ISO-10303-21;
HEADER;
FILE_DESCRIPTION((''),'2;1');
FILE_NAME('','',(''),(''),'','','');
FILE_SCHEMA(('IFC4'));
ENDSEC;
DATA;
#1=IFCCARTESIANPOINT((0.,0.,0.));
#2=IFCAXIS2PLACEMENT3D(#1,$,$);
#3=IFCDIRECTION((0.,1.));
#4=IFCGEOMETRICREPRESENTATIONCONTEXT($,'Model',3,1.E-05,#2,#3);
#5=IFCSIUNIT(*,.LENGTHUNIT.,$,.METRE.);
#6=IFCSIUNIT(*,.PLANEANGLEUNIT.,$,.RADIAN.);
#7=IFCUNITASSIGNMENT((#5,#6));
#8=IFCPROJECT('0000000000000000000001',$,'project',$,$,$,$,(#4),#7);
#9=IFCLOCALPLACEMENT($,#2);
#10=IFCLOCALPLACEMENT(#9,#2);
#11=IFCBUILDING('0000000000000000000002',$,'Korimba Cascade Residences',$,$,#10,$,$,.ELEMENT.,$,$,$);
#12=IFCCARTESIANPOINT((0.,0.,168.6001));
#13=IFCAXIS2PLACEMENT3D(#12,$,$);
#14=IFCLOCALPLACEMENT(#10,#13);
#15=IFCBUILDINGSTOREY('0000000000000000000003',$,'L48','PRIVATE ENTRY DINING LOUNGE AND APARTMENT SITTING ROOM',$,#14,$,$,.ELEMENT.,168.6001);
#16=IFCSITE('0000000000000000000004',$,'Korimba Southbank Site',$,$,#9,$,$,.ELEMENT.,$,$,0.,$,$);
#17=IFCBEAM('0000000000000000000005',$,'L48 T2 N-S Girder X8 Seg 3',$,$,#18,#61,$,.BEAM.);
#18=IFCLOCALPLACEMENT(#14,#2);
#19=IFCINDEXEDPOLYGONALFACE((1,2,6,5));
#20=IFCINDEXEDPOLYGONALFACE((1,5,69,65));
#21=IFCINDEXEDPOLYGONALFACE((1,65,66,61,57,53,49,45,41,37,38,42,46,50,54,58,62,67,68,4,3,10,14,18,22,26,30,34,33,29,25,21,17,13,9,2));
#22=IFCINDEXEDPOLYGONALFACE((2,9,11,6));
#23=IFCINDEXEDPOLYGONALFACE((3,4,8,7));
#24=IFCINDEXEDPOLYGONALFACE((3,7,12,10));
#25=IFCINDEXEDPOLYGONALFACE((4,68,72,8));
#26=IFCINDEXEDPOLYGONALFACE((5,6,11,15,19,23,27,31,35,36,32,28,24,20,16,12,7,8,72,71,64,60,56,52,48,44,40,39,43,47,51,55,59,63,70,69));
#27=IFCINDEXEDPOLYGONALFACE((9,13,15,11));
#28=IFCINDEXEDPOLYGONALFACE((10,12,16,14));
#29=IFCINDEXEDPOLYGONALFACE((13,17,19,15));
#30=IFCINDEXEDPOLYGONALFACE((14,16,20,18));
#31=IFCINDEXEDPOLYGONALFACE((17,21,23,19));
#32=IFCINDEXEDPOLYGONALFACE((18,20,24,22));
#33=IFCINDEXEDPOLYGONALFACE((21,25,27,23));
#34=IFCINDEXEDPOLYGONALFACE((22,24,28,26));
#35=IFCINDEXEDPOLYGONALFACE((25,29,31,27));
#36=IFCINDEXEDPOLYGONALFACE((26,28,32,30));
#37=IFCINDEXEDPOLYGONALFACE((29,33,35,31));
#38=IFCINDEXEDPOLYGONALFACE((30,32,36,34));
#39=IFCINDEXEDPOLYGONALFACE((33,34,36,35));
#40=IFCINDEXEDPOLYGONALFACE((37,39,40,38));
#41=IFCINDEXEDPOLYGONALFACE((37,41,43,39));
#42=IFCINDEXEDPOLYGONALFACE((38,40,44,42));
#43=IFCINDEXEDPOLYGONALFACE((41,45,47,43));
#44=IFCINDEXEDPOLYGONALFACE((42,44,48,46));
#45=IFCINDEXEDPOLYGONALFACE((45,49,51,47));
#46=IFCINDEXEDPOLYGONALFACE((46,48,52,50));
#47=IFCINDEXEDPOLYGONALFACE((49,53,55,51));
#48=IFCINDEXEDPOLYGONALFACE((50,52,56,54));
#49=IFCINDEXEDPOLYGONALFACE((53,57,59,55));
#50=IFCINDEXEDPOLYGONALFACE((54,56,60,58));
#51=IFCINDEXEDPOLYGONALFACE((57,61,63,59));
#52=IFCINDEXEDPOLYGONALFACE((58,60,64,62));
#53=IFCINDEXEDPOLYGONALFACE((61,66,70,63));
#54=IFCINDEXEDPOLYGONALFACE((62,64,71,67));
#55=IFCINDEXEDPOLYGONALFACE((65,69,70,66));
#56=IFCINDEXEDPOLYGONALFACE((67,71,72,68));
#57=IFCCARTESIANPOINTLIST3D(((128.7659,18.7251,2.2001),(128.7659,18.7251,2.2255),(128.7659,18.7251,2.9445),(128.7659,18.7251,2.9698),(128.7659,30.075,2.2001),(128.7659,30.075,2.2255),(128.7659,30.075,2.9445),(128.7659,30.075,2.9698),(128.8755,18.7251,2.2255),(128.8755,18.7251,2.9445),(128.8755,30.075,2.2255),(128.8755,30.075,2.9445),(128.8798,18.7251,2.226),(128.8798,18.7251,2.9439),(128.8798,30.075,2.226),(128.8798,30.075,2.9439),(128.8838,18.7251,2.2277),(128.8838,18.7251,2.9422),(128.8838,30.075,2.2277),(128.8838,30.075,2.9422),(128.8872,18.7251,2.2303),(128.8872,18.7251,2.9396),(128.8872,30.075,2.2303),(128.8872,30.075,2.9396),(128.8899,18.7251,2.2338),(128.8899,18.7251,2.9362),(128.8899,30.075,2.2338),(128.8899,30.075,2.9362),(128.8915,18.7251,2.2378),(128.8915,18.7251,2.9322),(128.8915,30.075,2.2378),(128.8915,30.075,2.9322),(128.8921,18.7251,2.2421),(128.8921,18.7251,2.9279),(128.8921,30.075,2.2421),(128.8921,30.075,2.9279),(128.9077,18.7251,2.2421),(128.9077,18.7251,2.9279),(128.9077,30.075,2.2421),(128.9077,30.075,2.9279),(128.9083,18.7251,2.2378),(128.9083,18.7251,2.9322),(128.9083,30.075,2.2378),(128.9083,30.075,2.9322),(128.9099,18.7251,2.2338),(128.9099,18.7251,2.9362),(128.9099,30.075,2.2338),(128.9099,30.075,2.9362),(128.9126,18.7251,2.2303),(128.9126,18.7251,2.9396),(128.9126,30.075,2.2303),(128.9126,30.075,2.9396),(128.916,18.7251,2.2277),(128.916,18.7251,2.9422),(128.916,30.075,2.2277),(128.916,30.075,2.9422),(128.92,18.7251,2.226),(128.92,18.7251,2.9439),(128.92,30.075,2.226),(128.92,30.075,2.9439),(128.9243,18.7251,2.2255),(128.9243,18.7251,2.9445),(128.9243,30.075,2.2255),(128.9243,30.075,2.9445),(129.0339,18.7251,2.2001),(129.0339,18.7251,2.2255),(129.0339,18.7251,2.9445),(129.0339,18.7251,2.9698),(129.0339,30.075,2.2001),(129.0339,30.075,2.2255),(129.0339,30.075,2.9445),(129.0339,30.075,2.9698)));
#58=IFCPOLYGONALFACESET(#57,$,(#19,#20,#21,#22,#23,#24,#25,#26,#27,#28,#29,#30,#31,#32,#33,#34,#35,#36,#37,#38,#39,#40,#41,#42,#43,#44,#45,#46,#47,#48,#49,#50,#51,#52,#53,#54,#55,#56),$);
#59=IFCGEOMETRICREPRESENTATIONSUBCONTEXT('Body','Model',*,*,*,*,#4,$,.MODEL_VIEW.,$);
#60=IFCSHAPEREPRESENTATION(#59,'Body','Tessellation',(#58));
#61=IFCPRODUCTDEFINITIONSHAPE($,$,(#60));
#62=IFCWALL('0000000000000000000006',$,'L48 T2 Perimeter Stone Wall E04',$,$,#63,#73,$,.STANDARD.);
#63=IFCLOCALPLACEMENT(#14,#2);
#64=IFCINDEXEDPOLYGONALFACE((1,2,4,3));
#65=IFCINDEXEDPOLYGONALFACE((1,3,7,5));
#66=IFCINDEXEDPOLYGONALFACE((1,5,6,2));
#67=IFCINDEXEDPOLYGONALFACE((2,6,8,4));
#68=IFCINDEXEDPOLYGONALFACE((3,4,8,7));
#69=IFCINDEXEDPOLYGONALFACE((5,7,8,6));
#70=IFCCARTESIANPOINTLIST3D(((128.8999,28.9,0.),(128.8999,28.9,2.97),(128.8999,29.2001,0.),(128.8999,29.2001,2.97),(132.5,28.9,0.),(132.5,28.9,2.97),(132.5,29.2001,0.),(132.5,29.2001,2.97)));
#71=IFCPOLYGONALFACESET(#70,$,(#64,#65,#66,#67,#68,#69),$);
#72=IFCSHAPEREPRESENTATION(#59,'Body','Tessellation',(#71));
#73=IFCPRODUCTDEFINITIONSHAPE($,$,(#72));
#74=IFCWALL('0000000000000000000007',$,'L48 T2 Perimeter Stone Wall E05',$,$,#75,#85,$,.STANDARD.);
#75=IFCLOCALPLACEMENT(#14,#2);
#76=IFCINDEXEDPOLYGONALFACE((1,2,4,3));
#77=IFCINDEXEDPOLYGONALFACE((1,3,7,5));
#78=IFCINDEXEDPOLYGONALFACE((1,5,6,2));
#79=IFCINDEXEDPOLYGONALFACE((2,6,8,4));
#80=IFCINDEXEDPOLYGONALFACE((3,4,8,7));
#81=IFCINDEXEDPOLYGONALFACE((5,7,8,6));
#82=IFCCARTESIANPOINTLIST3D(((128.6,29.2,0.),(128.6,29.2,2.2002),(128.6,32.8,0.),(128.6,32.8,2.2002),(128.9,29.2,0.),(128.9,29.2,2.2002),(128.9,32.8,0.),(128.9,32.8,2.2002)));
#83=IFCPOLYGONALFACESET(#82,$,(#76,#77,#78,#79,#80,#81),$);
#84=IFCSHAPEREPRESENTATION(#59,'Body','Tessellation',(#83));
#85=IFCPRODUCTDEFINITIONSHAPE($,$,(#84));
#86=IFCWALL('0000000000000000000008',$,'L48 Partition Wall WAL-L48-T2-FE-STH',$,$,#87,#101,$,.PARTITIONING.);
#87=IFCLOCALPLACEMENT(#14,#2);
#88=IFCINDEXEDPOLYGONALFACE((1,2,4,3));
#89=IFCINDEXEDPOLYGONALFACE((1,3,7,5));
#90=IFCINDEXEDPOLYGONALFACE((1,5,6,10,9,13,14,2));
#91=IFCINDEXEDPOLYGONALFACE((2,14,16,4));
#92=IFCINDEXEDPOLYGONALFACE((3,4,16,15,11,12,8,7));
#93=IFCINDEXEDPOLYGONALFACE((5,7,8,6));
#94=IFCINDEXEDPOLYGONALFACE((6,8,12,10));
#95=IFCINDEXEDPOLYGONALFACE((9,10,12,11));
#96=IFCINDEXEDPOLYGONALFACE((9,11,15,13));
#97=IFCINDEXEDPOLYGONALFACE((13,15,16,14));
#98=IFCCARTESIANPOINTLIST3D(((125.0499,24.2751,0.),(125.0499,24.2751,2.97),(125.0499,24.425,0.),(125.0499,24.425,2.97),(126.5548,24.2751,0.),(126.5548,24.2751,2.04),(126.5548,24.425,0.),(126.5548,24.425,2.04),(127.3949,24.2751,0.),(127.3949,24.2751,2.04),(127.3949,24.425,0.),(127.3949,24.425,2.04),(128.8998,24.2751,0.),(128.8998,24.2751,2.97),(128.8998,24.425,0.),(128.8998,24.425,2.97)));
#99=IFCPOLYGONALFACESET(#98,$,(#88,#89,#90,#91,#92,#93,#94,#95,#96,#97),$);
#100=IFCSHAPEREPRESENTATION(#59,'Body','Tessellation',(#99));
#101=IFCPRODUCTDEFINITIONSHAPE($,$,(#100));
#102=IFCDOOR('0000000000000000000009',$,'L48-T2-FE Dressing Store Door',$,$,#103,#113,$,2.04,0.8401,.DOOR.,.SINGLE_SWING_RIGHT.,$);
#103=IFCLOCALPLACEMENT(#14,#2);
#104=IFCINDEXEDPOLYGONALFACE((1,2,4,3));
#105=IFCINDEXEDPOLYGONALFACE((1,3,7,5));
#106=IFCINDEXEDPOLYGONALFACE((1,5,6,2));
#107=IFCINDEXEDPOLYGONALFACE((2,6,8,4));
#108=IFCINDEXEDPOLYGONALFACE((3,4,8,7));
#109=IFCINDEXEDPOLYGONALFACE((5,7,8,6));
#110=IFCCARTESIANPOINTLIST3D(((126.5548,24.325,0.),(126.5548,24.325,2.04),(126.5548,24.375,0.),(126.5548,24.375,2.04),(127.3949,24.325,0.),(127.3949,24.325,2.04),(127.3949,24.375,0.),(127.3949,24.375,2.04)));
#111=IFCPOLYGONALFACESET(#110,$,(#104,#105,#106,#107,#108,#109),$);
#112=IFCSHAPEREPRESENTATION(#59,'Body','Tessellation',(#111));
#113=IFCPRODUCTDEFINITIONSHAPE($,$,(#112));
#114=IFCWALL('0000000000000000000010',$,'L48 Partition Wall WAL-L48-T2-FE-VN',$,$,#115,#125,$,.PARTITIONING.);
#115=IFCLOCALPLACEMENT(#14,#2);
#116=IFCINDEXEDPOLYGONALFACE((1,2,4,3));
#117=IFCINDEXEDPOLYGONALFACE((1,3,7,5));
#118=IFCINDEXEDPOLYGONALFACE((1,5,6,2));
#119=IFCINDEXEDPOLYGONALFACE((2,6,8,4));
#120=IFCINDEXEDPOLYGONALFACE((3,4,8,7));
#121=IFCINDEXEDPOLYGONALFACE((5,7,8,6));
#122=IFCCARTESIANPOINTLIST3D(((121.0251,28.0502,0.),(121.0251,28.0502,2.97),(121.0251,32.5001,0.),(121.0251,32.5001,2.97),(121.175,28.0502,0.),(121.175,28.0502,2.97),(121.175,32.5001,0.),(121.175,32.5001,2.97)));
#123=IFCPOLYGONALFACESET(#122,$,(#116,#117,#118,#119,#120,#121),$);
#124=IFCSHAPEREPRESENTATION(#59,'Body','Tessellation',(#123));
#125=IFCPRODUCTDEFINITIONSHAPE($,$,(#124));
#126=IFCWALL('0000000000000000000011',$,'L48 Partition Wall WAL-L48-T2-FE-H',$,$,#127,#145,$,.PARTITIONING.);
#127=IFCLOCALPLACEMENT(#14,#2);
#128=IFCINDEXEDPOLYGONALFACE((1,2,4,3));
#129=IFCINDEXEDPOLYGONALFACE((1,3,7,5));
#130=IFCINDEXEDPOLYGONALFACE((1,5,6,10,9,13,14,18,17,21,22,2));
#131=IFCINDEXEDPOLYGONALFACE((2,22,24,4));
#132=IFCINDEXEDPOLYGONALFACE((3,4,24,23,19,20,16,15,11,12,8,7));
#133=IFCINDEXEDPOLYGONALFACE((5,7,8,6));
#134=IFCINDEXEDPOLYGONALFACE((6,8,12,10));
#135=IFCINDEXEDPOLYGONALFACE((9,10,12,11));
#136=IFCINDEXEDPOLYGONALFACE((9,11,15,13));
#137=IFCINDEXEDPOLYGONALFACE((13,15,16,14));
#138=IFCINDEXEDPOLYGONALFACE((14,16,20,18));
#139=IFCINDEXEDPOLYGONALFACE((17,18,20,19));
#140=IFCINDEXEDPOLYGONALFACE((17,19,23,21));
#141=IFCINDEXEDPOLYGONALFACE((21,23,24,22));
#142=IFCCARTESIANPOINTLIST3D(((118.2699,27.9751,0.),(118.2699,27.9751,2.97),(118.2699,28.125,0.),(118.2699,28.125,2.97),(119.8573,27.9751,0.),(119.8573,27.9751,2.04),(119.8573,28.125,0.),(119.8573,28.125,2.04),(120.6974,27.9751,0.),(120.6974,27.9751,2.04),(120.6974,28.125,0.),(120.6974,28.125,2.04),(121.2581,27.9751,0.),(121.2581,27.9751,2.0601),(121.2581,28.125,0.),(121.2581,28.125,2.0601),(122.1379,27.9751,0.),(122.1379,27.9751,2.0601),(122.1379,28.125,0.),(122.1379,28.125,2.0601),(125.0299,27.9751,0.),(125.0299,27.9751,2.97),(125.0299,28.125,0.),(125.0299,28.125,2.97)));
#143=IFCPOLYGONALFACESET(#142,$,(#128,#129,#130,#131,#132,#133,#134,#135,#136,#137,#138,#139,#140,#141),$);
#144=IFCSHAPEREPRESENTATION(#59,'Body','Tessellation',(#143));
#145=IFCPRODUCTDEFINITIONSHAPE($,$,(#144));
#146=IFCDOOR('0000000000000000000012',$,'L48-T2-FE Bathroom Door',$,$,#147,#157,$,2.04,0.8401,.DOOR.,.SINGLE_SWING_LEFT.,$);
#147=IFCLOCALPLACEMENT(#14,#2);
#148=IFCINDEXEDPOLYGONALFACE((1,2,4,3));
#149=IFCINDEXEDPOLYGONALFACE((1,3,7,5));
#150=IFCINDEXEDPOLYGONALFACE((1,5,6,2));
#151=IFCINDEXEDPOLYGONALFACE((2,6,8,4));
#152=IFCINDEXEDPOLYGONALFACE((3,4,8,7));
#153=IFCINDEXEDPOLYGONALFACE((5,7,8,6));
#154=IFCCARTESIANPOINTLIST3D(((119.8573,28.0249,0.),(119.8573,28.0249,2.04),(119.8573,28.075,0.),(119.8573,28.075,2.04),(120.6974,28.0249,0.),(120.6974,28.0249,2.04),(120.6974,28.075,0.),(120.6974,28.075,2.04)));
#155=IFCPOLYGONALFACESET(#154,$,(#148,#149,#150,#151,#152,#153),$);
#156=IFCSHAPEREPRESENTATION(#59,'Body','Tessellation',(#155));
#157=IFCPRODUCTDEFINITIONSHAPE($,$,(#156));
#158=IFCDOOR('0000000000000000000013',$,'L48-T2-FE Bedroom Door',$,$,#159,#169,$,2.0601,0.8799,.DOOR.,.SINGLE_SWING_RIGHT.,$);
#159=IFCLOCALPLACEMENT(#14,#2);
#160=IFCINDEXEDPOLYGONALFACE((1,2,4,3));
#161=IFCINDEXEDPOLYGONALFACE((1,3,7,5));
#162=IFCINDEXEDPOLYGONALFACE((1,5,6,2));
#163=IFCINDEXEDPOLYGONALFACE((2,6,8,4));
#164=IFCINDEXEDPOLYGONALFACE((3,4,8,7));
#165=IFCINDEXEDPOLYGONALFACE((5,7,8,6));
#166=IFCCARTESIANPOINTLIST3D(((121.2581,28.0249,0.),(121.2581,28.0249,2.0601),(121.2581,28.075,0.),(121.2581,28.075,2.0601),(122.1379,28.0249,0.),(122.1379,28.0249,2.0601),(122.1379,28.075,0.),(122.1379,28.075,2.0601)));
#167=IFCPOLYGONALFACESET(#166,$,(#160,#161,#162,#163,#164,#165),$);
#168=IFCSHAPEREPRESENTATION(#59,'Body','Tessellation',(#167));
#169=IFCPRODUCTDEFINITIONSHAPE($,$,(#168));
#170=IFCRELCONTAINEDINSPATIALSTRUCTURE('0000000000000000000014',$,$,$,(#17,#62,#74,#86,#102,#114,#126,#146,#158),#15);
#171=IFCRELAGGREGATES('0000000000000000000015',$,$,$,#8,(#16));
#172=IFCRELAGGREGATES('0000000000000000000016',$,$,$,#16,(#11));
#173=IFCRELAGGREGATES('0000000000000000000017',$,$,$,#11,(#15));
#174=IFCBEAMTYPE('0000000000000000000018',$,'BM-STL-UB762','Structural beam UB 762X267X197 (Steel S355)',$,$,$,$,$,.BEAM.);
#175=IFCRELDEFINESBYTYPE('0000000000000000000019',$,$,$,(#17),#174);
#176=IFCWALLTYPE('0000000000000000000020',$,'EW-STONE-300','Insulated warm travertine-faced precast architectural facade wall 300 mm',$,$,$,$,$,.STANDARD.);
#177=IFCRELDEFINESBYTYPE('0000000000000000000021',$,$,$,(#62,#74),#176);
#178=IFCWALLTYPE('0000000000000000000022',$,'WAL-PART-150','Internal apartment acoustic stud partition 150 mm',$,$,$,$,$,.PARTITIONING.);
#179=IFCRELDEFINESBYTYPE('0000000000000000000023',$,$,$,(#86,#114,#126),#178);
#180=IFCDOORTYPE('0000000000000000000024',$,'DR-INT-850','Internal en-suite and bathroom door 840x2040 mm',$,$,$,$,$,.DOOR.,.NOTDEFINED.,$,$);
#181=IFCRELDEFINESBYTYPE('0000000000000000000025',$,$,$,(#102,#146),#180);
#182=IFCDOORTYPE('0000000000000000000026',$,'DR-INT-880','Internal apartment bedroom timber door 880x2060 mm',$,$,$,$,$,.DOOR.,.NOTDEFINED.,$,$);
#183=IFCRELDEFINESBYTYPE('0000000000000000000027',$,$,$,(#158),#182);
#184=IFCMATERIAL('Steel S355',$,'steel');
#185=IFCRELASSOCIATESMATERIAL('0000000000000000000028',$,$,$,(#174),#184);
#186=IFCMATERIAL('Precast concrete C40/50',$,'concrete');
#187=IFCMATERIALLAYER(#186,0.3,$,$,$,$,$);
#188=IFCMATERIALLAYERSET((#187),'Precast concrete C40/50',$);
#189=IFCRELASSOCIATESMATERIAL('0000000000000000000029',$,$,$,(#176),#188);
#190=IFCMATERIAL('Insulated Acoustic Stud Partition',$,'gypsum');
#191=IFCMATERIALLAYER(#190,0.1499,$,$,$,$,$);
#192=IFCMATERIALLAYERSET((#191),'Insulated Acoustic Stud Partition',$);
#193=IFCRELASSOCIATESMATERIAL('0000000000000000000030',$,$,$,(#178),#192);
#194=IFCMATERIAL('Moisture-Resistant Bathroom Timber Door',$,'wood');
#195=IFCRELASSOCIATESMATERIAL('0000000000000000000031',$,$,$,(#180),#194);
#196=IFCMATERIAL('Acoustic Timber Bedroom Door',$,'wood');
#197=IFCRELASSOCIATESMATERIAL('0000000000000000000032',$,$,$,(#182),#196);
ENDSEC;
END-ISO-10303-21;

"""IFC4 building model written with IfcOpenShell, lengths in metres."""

from ifc_helpers import new_model, si_unit, direction, frame, frame_2d, origin, origin_2d, place, context, subcontext, project, spatial, rectangle, i_section, extrude, material, layer, layer_set, material_profile, profile_set, type_object, element, fill, save


model = new_model("IFC4")

# Units and contexts
model_context = context("Model", 3, precision=1e-05, world=origin(), true_north=direction((0.0, 1.0)))
body_context = subcontext(model_context, "Body", "Model", "MODEL_VIEW")
ifc_project = project(units=[si_unit("LENGTHUNIT", "METRE"), si_unit("PLANEANGLEUNIT", "RADIAN")], contexts=[model_context])

# Site, building, storey
site_placement = place(None, origin())
site = spatial("IfcSite", under=ifc_project, at=site_placement, Name="Korimba Southbank Site", CompositionType="ELEMENT", RefElevation=0.0)
building_placement = place(site_placement, origin())
building = spatial("IfcBuilding", under=site, at=building_placement, Name="Korimba Cascade Residences", CompositionType="ELEMENT")
storey_placement = place(building_placement, frame((0.0, 0.0, 168.6001)))
storey = spatial("IfcBuildingStorey", under=building, at=storey_placement, Name="L48", Description="PRIVATE ENTRY DINING LOUNGE AND APARTMENT SITTING ROOM", CompositionType="ELEMENT", Elevation=168.6001)

# Beam
ifc_material_1 = material(Name="Steel S355", Category="steel")
ifc_material_profile_1 = material_profile(ifc_material_1, i_section(OverallWidth=0.2681, OverallDepth=0.7698, WebThickness=0.0156, FlangeThickness=0.0254, FilletRadius=0.0166, at=origin_2d()), Name="Steel S355")
ifc_profile_set_1 = profile_set([ifc_material_profile_1], Name="Steel S355")
beam_type_1 = type_object("IfcBeamType", Name="BM-STL-UB762", Description="Structural beam UB 762X267X197 (Steel S355)", PredefinedType="BEAM", material=ifc_profile_set_1)
for number, where, z_axis, x_axis, name in (
    (1, (128.8999, 18.7251, 2.585), (0.0, 1.0, 0.0), (-1.0, 0.0, 0.0), "L48 T2 N-S Girder X8 Seg 3"),
):
    element("IfcBeam", number, at=place(storey_placement, frame(where, z_axis=z_axis, x_axis=x_axis)), inside=storey, type_object=beam_type_1, Name=name, PredefinedType="BEAM", context=body_context, shape_type="SweptSolid", body=[
        extrude(i_section(OverallWidth=0.2681, OverallDepth=0.7698, WebThickness=0.0156, FlangeThickness=0.0254, FilletRadius=0.0166, at=origin_2d()), origin(), (0.0, 0.0, 1.0), 11.3499),
    ])

# Walls
ifc_material_2 = material(Name="Precast concrete C40/50", Category="concrete")
ifc_layer_1 = layer(ifc_material_2, 0.3)
ifc_layer_set_1 = layer_set([ifc_layer_1], Name="Precast concrete C40/50")
wall_type_1 = type_object("IfcWallType", Name="EW-STONE-300", Description="Insulated warm travertine-faced precast architectural facade wall 300 mm", PredefinedType="STANDARD", material=ifc_layer_set_1)
wall_1_placement = place(storey_placement, frame((132.5, 29.05, 0.0), z_axis=(0.0, 0.0, 1.0), x_axis=(-1.0, 0.0, 0.0)))
element("IfcWall", 2, at=wall_1_placement, inside=storey, type_object=wall_type_1, Name="L48 T2 Perimeter Stone Wall E04", PredefinedType="STANDARD", context=body_context, shape_type="SweptSolid", body=[
    extrude(rectangle(XDim=3.6001, YDim=0.3, at=frame_2d((1.8, 0.0))), origin(), (0.0, 0.0, 1.0), 2.97),
])
wall_2_placement = place(storey_placement, frame((128.75, 29.2, 0.0), z_axis=(0.0, 0.0, 1.0), x_axis=(0.0, 1.0, 0.0)))
element("IfcWall", 3, at=wall_2_placement, inside=storey, type_object=wall_type_1, Name="L48 T2 Perimeter Stone Wall E05", PredefinedType="STANDARD", context=body_context, shape_type="SweptSolid", body=[
    extrude(rectangle(XDim=3.6001, YDim=0.3, at=frame_2d((1.8, 0.0))), origin(), (0.0, 0.0, 1.0), 2.2002),
])

# Wall, opening, door
ifc_material_3 = material(Name="Insulated Acoustic Stud Partition", Category="gypsum")
ifc_layer_2 = layer(ifc_material_3, 0.1499)
ifc_layer_set_2 = layer_set([ifc_layer_2], Name="Insulated Acoustic Stud Partition")
wall_type_2 = type_object("IfcWallType", Name="WAL-PART-150", Description="Internal apartment acoustic stud partition 150 mm", PredefinedType="PARTITIONING", material=ifc_layer_set_2)
wall_3_placement = place(storey_placement, frame((125.05, 24.3501, 0.0), z_axis=(0.0, 0.0, 1.0), x_axis=(1.0, 0.0, 0.0)))
wall_3 = element("IfcWall", 4, at=wall_3_placement, inside=storey, type_object=wall_type_2, Name="L48 Partition Wall WAL-L48-T2-FE-STH", PredefinedType="PARTITIONING", context=body_context, shape_type="SweptSolid", body=[
    extrude(rectangle(XDim=3.8499, YDim=0.1499, at=frame_2d((1.9248, 0.0))), origin(), (0.0, 0.0, 1.0), 2.97),
])
opening_1_placement = place(wall_3_placement, frame((1.5049, 0.0, 0.0)))
opening_1 = element("IfcOpeningElement", 5, at=opening_1_placement, cuts=wall_3, PredefinedType="OPENING", context=body_context, shape_type="SweptSolid", body=[
    extrude(rectangle(XDim=0.8401, YDim=2.04, at=frame_2d((0.4199, 1.02))), frame((0.0, 0.085, 0.0), z_axis=(0.0, -1.0, 0.0), x_axis=(1.0, 0.0, 0.0)), (0.0, 0.0, 1.0), 0.1699),
])
ifc_material_4 = material(Name="Moisture-Resistant Bathroom Timber Door", Category="wood")
door_type_1 = type_object("IfcDoorType", Name="DR-INT-850", Description="Internal en-suite and bathroom door 840x2040 mm", OperationType="NOTDEFINED", PredefinedType="DOOR", material=ifc_material_4)
door_1_placement = place(opening_1_placement, origin())
door_1 = element("IfcDoor", 6, at=door_1_placement, inside=storey, type_object=door_type_1, Name="L48-T2-FE Dressing Store Door", OperationType="SINGLE_SWING_RIGHT", OverallHeight=2.04, OverallWidth=0.8401, PredefinedType="DOOR", context=body_context, shape_type="SweptSolid", body=[
    extrude(rectangle(XDim=0.8401, YDim=2.04, at=frame_2d((0.4199, 1.02))), frame((0.0, 0.0249, 0.0), z_axis=(0.0, -1.0, 0.0), x_axis=(1.0, 0.0, 0.0)), (0.0, 0.0, 1.0), 0.05),
])
fill(opening_1, door_1)

# Wall
wall_4_placement = place(storey_placement, frame((121.1001, 28.05, 0.0), z_axis=(0.0, 0.0, 1.0), x_axis=(0.0, 1.0, 0.0)))
element("IfcWall", 7, at=wall_4_placement, inside=storey, type_object=wall_type_2, Name="L48 Partition Wall WAL-L48-T2-FE-VN", PredefinedType="PARTITIONING", context=body_context, shape_type="SweptSolid", body=[
    extrude(rectangle(XDim=4.45, YDim=0.1499, at=frame_2d((2.2251, 0.0))), origin(), (0.0, 0.0, 1.0), 2.97),
])

# Wall, openings, doors
wall_5_placement = place(storey_placement, frame((118.27, 28.05, 0.0), z_axis=(0.0, 0.0, 1.0), x_axis=(1.0, 0.0, 0.0)))
wall_5 = element("IfcWall", 8, at=wall_5_placement, inside=storey, type_object=wall_type_2, Name="L48 Partition Wall WAL-L48-T2-FE-H", PredefinedType="PARTITIONING", context=body_context, shape_type="SweptSolid", body=[
    extrude(rectangle(XDim=6.76, YDim=0.1499, at=frame_2d((3.3799, 0.0))), origin(), (0.0, 0.0, 1.0), 2.97),
])
opening_2_placement = place(wall_5_placement, frame((1.5874, 0.0, 0.0)))
opening_2 = element("IfcOpeningElement", 9, at=opening_2_placement, cuts=wall_5, PredefinedType="OPENING", context=body_context, shape_type="SweptSolid", body=[
    extrude(rectangle(XDim=0.8401, YDim=2.04, at=frame_2d((0.4199, 1.02))), frame((0.0, 0.085, 0.0), z_axis=(0.0, -1.0, 0.0), x_axis=(1.0, 0.0, 0.0)), (0.0, 0.0, 1.0), 0.1699),
])
opening_3_placement = place(wall_5_placement, frame((2.988, 0.0, 0.0)))
opening_3 = element("IfcOpeningElement", 10, at=opening_3_placement, cuts=wall_5, PredefinedType="OPENING", context=body_context, shape_type="SweptSolid", body=[
    extrude(rectangle(XDim=0.8799, YDim=2.0601, at=frame_2d((0.4399, 1.03))), frame((0.0, 0.085, 0.0), z_axis=(0.0, -1.0, 0.0), x_axis=(1.0, 0.0, 0.0)), (0.0, 0.0, 1.0), 0.1699),
])
door_2_placement = place(opening_2_placement, origin())
door_2 = element("IfcDoor", 11, at=door_2_placement, inside=storey, type_object=door_type_1, Name="L48-T2-FE Bathroom Door", OperationType="SINGLE_SWING_LEFT", OverallHeight=2.04, OverallWidth=0.8401, PredefinedType="DOOR", context=body_context, shape_type="SweptSolid", body=[
    extrude(rectangle(XDim=0.8401, YDim=2.04, at=frame_2d((0.4199, 1.02))), frame((0.0, 0.0249, 0.0), z_axis=(0.0, -1.0, 0.0), x_axis=(1.0, 0.0, 0.0)), (0.0, 0.0, 1.0), 0.05),
])
fill(opening_2, door_2)
ifc_material_5 = material(Name="Acoustic Timber Bedroom Door", Category="wood")
door_type_2 = type_object("IfcDoorType", Name="DR-INT-880", Description="Internal apartment bedroom timber door 880x2060 mm", OperationType="NOTDEFINED", PredefinedType="DOOR", material=ifc_material_5)
door_3_placement = place(opening_3_placement, origin())
door_3 = element("IfcDoor", 12, at=door_3_placement, inside=storey, type_object=door_type_2, Name="L48-T2-FE Bedroom Door", OperationType="SINGLE_SWING_RIGHT", OverallHeight=2.0601, OverallWidth=0.8799, PredefinedType="DOOR", context=body_context, shape_type="SweptSolid", body=[
    extrude(rectangle(XDim=0.8799, YDim=2.0601, at=frame_2d((0.4399, 1.03))), frame((0.0, 0.0249, 0.0), z_axis=(0.0, -1.0, 0.0), x_axis=(1.0, 0.0, 0.0)), (0.0, 0.0, 1.0), 0.05),
])
fill(opening_3, door_3)

save(model, "model.ifc")
